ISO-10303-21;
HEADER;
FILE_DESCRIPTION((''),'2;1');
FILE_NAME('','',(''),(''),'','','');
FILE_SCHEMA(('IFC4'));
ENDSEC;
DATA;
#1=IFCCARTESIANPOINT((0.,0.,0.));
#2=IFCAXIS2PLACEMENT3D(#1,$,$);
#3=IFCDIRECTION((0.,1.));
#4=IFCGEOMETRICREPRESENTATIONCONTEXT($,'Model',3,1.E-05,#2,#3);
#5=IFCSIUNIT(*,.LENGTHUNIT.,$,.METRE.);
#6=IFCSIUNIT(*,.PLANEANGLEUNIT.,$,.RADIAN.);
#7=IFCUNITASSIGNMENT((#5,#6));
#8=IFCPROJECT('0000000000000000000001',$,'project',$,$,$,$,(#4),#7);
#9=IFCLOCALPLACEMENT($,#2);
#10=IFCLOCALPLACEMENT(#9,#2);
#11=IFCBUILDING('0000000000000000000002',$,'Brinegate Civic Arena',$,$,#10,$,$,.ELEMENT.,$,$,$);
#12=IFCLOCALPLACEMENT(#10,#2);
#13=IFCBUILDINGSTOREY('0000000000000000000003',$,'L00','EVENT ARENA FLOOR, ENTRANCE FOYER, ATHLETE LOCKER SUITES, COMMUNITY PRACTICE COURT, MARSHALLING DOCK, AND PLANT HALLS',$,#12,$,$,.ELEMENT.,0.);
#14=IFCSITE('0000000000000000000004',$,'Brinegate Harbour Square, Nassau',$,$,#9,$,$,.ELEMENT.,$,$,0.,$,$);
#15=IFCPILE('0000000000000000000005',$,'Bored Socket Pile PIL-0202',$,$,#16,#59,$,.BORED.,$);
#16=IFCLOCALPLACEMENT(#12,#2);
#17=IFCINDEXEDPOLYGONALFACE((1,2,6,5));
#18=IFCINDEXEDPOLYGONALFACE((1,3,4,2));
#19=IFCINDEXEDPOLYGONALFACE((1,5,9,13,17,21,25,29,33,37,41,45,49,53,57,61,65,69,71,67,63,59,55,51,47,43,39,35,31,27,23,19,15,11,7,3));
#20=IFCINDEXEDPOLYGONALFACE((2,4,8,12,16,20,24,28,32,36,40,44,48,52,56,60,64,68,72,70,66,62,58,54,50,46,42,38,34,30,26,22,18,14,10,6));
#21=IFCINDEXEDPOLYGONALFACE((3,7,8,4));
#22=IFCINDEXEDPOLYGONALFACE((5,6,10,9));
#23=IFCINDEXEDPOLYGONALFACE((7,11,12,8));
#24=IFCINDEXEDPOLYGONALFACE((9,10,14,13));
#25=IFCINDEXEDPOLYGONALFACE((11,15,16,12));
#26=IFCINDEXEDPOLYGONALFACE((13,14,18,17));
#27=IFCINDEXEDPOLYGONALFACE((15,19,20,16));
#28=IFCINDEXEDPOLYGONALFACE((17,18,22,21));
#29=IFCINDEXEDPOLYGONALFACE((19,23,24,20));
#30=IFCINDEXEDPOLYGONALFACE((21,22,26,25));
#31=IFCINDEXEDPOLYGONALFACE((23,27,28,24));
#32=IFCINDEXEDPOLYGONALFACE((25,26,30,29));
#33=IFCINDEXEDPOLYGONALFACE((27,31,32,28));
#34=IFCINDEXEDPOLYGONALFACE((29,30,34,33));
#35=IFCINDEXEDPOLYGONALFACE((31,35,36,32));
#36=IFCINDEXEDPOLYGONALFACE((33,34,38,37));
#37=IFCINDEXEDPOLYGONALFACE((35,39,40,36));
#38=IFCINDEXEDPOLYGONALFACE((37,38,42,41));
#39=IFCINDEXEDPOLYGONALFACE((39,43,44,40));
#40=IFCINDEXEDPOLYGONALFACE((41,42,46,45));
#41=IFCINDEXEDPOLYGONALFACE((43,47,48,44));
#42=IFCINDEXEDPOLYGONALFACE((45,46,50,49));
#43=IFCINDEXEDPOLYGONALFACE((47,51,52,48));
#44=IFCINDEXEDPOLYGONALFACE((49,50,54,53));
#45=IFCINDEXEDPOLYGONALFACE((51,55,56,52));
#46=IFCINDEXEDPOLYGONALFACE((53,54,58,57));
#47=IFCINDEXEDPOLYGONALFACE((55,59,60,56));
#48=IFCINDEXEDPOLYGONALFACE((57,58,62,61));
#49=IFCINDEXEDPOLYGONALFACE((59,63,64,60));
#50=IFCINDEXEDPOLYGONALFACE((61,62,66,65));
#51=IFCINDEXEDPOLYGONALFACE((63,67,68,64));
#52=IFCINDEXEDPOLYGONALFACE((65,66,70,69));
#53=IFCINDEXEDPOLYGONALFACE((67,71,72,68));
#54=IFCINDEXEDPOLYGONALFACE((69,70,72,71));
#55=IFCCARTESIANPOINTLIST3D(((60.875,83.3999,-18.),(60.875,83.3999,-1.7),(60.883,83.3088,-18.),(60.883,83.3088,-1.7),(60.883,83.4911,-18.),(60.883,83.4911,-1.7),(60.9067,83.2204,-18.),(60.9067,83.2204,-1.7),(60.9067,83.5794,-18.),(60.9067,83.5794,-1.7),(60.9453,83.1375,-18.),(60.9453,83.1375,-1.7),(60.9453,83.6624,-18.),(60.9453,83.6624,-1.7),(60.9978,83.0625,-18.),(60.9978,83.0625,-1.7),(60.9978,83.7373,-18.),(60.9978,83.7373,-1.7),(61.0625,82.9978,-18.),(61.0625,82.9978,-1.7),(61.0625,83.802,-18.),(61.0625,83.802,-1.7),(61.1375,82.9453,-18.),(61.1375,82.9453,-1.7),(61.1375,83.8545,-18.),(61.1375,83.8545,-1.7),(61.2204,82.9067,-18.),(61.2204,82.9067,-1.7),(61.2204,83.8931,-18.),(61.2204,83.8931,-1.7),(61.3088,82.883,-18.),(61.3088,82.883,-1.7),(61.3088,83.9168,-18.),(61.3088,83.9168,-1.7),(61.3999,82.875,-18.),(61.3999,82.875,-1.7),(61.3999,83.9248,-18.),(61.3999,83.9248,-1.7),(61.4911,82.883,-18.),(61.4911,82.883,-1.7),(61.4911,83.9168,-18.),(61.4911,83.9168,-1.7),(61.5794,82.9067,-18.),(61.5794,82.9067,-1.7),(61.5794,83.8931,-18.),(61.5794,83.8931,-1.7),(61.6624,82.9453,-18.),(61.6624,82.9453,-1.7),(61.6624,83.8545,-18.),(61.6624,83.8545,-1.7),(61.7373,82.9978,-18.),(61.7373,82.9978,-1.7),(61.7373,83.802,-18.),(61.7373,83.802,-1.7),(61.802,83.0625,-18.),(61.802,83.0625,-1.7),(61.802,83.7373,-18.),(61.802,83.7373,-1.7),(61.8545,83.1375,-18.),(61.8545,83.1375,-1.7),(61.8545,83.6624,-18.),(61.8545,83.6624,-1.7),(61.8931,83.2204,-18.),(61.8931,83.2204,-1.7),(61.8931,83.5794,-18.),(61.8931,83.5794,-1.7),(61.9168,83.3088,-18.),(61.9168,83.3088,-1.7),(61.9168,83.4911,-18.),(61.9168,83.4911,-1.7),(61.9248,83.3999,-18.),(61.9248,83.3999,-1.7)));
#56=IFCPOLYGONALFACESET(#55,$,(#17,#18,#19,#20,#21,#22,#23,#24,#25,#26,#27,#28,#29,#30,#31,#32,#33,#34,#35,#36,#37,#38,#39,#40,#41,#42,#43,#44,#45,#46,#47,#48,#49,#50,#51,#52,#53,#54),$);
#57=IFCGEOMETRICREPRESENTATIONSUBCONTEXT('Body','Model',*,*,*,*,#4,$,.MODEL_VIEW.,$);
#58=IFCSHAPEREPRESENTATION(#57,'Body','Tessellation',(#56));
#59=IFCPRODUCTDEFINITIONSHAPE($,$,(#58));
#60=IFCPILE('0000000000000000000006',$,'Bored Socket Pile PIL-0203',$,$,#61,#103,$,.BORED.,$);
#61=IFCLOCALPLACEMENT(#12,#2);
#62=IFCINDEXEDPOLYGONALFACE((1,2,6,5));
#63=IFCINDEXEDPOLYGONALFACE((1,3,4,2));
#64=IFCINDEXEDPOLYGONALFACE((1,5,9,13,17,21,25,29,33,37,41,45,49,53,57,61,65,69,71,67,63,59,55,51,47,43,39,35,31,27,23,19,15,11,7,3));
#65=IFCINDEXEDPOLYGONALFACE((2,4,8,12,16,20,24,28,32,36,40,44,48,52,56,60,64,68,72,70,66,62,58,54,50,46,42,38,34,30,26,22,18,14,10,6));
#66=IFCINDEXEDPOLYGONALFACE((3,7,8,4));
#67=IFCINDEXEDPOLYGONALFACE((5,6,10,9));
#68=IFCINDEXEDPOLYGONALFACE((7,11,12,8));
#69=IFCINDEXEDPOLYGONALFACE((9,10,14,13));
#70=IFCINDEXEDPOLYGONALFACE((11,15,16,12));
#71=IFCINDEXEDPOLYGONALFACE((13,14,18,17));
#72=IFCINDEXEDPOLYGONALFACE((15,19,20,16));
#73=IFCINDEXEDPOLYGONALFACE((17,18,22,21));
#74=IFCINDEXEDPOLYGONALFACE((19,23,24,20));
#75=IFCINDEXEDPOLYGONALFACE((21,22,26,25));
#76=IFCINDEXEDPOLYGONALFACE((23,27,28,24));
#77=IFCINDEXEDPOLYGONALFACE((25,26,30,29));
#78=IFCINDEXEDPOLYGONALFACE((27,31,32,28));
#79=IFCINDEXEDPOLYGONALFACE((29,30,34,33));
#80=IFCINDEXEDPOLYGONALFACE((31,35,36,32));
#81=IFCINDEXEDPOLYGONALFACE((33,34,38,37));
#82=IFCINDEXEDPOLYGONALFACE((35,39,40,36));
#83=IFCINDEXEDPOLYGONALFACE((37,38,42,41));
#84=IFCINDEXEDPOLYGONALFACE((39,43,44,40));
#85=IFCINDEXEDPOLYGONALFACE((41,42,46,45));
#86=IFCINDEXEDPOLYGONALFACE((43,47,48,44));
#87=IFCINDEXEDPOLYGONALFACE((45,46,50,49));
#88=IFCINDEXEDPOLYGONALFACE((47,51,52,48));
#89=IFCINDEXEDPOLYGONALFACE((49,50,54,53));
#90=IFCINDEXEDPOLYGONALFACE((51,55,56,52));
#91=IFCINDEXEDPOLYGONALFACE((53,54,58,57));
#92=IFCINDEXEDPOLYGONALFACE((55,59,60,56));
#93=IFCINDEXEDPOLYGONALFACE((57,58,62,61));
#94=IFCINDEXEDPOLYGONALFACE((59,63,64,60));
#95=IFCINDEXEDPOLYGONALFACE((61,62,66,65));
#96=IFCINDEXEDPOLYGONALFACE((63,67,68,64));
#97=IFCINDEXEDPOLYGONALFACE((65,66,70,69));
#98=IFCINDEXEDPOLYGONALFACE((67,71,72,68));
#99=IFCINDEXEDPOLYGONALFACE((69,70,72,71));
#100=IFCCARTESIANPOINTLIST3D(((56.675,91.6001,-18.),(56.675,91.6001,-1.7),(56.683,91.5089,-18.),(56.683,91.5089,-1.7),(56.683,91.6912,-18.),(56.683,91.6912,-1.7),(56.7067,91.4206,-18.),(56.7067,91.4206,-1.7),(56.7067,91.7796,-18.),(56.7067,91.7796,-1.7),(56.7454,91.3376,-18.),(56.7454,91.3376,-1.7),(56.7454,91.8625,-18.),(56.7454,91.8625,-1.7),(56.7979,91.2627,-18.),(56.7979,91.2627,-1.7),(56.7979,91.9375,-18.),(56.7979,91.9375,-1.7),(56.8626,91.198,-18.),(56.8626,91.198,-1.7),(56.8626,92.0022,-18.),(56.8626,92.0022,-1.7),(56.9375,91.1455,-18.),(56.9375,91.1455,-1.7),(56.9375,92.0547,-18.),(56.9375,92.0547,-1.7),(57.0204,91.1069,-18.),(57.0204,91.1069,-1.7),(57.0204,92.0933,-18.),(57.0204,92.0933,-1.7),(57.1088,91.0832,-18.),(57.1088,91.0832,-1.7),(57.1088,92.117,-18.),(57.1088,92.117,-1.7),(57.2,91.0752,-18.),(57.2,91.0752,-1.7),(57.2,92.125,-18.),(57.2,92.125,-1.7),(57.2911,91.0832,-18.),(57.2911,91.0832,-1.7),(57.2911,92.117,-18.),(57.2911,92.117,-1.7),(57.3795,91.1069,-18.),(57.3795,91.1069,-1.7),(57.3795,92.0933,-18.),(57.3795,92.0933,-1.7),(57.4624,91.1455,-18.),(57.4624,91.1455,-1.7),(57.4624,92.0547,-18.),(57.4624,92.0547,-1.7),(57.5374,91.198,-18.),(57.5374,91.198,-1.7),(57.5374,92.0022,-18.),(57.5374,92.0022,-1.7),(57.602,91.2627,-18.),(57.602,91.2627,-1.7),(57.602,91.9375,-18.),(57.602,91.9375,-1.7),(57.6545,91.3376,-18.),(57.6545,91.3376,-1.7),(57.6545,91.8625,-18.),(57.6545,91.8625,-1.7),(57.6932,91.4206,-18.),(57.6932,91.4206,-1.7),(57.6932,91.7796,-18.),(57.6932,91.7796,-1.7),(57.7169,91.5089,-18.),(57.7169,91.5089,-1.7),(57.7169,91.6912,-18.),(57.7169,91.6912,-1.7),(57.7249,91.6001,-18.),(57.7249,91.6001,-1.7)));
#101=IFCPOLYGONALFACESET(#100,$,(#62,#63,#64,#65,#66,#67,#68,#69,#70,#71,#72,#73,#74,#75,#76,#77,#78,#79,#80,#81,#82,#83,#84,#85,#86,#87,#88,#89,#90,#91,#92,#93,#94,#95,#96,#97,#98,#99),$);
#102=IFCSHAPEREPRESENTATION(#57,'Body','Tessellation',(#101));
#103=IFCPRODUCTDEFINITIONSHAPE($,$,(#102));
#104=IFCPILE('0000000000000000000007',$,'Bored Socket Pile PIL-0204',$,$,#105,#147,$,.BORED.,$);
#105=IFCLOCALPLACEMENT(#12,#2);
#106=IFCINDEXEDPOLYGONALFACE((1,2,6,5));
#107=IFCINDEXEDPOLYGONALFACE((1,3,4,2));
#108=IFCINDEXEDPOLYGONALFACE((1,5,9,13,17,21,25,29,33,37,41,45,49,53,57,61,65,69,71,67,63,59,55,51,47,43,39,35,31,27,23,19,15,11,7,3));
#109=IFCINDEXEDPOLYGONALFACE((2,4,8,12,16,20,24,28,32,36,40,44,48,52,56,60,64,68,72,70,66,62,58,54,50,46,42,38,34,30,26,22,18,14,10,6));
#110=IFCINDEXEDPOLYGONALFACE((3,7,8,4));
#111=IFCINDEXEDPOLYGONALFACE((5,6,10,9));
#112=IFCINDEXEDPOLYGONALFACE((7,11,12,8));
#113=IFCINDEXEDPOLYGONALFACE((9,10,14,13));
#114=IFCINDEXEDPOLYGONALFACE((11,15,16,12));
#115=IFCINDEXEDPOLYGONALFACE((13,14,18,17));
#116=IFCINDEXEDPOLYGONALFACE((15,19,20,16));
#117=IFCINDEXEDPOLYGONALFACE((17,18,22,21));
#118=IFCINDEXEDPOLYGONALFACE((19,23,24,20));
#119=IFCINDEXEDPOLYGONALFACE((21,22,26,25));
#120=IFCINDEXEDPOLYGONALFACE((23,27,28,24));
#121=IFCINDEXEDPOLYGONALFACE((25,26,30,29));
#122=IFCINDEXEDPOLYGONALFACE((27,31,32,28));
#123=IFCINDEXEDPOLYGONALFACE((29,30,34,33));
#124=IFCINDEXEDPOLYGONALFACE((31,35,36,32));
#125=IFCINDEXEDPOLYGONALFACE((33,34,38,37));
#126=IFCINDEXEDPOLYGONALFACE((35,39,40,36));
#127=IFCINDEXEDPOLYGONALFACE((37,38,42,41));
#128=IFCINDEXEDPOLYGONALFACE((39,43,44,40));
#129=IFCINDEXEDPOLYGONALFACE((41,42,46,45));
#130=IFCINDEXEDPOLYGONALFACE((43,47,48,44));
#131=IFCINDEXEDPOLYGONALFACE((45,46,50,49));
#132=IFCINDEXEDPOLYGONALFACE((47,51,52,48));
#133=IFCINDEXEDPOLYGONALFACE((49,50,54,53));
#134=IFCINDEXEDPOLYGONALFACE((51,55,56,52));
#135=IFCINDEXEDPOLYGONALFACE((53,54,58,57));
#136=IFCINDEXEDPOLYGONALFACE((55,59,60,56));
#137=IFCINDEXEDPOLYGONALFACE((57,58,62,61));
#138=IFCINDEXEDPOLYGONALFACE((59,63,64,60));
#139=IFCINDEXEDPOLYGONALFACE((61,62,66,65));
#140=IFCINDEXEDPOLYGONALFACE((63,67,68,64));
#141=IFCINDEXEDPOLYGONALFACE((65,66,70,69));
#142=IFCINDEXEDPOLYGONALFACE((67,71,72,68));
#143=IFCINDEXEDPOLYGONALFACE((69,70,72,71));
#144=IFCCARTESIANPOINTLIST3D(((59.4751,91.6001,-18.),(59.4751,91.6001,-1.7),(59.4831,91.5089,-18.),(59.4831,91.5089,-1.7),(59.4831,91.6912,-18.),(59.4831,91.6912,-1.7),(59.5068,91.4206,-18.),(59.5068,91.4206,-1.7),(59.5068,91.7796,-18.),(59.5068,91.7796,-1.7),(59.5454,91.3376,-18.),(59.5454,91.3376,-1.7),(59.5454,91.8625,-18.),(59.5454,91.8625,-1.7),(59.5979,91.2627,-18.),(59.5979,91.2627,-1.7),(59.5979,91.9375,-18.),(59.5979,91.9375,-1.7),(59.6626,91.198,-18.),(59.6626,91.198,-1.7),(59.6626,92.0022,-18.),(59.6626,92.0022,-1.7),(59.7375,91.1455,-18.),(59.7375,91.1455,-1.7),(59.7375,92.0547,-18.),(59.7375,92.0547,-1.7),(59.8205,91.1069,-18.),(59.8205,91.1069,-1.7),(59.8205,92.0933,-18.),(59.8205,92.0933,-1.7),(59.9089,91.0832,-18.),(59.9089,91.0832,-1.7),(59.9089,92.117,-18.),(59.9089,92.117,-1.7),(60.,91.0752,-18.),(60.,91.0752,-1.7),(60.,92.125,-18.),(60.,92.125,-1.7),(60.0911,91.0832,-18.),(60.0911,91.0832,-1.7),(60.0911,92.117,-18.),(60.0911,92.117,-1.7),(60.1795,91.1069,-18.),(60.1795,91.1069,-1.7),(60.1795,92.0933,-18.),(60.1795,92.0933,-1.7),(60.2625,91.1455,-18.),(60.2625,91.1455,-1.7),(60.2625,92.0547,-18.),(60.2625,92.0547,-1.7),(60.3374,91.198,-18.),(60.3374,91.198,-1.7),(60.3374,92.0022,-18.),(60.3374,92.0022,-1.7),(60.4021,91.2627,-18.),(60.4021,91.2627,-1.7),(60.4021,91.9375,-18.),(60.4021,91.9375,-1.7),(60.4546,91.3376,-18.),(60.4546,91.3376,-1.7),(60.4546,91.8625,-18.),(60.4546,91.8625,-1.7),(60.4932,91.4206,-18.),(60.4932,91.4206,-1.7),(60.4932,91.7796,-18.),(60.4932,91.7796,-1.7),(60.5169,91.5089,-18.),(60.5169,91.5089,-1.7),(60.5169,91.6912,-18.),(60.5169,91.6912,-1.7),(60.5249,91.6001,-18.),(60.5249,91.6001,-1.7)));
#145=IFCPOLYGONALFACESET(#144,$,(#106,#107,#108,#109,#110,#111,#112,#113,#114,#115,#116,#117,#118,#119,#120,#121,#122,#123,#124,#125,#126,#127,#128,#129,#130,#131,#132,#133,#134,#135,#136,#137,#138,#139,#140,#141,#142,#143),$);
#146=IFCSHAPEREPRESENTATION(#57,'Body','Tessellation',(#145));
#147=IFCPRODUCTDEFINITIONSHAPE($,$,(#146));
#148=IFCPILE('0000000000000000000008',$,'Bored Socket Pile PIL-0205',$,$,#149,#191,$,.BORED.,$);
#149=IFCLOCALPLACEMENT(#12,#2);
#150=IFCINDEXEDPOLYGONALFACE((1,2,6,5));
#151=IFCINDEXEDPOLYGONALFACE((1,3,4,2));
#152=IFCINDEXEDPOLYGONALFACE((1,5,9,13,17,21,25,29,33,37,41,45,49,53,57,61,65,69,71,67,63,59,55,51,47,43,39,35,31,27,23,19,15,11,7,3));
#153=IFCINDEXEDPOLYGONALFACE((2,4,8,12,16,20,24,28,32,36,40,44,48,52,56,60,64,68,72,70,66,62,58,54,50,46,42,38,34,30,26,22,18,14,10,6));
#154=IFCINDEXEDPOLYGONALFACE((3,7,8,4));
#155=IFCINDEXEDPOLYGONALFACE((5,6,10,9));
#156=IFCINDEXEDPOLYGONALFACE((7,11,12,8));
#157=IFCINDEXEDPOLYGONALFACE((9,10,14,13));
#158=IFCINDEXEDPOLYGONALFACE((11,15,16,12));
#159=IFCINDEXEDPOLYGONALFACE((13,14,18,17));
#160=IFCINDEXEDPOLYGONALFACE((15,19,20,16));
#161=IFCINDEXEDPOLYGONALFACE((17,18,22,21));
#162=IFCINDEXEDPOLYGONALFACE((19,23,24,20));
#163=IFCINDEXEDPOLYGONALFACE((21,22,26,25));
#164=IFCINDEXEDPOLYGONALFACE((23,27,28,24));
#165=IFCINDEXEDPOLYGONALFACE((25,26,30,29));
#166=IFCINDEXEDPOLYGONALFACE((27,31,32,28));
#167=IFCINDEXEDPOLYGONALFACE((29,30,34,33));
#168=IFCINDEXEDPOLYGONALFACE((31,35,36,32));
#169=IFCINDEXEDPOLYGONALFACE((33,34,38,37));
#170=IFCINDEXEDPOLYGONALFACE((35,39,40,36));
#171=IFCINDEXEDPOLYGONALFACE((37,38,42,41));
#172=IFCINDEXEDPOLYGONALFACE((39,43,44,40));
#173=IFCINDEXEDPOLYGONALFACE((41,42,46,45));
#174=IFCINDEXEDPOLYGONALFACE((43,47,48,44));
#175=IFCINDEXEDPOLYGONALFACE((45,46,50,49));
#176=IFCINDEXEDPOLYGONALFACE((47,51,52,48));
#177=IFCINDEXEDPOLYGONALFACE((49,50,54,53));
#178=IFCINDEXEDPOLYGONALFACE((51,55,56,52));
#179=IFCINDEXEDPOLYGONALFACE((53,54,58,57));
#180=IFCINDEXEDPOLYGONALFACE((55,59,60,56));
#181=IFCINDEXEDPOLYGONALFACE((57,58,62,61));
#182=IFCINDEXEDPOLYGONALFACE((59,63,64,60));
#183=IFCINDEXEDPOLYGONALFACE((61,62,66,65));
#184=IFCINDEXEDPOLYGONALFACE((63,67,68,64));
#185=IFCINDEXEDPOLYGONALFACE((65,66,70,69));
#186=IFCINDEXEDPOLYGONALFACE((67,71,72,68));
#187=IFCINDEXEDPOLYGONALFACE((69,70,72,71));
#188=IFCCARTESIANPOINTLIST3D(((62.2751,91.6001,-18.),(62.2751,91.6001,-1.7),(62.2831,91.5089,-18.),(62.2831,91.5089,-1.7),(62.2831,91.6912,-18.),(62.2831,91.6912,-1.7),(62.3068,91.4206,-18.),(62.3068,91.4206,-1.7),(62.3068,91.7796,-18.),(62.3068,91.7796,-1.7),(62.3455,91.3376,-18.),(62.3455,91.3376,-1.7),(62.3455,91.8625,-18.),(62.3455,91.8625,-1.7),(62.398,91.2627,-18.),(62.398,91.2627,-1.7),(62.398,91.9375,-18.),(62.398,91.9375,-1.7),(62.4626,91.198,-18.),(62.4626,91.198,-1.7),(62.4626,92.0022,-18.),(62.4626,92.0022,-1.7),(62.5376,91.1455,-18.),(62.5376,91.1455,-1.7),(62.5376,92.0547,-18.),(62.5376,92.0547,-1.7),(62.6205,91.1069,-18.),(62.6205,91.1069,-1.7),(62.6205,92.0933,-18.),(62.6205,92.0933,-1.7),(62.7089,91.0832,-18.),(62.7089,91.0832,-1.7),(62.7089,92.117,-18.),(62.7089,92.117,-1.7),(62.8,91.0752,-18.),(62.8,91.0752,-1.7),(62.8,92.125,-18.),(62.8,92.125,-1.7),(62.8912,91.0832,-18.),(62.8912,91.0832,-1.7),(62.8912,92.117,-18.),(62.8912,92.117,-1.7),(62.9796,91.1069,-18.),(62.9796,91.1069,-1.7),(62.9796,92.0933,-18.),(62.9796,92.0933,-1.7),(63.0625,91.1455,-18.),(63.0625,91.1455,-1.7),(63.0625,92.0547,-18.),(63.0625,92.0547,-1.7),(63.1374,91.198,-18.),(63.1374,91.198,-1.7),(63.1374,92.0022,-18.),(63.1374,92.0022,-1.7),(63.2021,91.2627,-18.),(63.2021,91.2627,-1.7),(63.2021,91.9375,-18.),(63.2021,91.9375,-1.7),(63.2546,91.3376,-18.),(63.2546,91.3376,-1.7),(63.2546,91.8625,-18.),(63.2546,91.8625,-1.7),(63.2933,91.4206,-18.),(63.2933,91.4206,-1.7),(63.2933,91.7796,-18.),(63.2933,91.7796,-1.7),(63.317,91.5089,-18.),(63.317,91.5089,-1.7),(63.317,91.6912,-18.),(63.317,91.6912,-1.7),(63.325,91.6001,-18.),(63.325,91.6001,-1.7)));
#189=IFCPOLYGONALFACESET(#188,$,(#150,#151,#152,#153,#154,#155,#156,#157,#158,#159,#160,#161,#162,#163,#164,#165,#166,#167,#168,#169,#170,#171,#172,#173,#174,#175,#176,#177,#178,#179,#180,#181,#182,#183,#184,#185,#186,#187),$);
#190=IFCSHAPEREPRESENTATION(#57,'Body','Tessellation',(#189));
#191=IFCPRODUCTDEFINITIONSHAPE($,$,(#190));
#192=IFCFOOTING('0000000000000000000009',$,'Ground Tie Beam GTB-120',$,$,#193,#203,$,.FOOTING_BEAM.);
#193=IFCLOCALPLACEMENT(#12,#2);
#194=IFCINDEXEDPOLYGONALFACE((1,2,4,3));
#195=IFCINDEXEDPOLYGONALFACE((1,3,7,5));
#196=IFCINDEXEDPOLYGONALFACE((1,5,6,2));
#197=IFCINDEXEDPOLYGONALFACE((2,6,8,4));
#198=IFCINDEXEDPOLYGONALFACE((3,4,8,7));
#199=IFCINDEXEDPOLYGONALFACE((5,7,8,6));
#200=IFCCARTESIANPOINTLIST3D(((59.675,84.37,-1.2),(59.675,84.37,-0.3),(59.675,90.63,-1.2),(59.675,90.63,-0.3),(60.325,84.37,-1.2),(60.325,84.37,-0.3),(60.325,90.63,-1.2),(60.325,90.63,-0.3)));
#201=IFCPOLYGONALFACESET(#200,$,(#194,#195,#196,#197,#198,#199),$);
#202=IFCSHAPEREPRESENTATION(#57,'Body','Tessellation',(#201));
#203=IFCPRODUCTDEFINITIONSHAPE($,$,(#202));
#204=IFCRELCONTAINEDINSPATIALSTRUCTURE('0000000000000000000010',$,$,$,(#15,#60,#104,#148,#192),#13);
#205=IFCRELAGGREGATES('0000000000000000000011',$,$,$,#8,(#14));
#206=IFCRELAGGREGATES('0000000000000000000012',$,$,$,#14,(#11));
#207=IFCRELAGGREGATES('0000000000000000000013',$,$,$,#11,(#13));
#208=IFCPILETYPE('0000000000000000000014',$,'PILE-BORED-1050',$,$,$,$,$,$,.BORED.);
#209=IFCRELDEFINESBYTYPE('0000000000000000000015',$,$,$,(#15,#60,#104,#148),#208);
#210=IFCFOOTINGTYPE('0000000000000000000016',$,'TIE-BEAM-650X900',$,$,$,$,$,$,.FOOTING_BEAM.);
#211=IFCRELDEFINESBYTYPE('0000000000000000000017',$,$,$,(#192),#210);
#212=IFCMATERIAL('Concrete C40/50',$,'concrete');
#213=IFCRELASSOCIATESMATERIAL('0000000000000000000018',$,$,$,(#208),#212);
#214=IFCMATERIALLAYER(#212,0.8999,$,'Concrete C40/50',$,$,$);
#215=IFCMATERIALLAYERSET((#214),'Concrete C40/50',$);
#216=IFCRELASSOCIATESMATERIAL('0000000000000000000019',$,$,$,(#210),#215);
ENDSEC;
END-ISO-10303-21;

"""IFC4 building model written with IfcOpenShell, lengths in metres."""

from ifc_helpers import new_model, si_unit, direction, frame, origin, origin_2d, place, context, subcontext, project, spatial, rectangle, circle, extrude, material, layer, layer_set, material_profile, profile_set, type_object, element, save


model = new_model("IFC4")

# Units and contexts
model_context = context("Model", 3, precision=1e-05, world=origin(), true_north=direction((0.0, 1.0)))
body_context = subcontext(model_context, "Body", "Model", "MODEL_VIEW")
ifc_project = project(units=[si_unit("LENGTHUNIT", "METRE"), si_unit("PLANEANGLEUNIT", "RADIAN")], contexts=[model_context])

# Site, building, storey
site_placement = place(None, origin())
site = spatial("IfcSite", under=ifc_project, at=site_placement, Name="Brinegate Harbour Square, Nassau", CompositionType="ELEMENT", RefElevation=0.0)
building_placement = place(site_placement, origin())
building = spatial("IfcBuilding", under=site, at=building_placement, Name="Brinegate Civic Arena", CompositionType="ELEMENT")
storey_placement = place(building_placement, origin())
storey = spatial("IfcBuildingStorey", under=building, at=storey_placement, Name="L00", Description="EVENT ARENA FLOOR, ENTRANCE FOYER, ATHLETE LOCKER SUITES, COMMUNITY PRACTICE COURT, MARSHALLING DOCK, AND PLANT HALLS", CompositionType="ELEMENT", Elevation=0.0)

# Piles
ifc_material_1 = material(Name="Concrete C40/50", Category="concrete")
ifc_material_profile = material_profile(ifc_material_1, circle(Radius=0.5249, at=origin_2d()), Name="PILED1050")
ifc_profile_set = profile_set([ifc_material_profile], Name="Concrete C40/50")
pile_type = type_object("IfcPileType", Name="PILE-BORED-1050", PredefinedType="BORED", material=ifc_profile_set)
for number, where, z_axis, x_axis, name in (
    (1, (61.3999, 83.3999, -1.7), (0.0, 0.0, -1.0), (1.0, 0.0, 0.0), "Bored Socket Pile PIL-0202"),
    (2, (57.2, 91.6001, -1.7), (0.0, 0.0, -1.0), (1.0, 0.0, 0.0), "Bored Socket Pile PIL-0203"),
    (3, (60.0, 91.6001, -1.7), (0.0, 0.0, -1.0), (1.0, 0.0, 0.0), "Bored Socket Pile PIL-0204"),
    (4, (62.8, 91.6001, -1.7), (0.0, 0.0, -1.0), (1.0, 0.0, 0.0), "Bored Socket Pile PIL-0205"),
):
    element("IfcPile", number, at=place(storey_placement, frame(where, z_axis=z_axis, x_axis=x_axis)), inside=storey, type_object=pile_type, Name=name, PredefinedType="BORED", context=body_context, shape_type="SweptSolid", body=[
        extrude(circle(Radius=0.5249, at=origin_2d()), origin(), (0.0, 0.0, 1.0), 16.3),
    ])

# Footing
ifc_layer_1 = layer(ifc_material_1, 0.8999, Name="Concrete C40/50")
ifc_layer_set_1 = layer_set([ifc_layer_1], Name="Concrete C40/50")
footing_type_1 = type_object("IfcFootingType", Name="TIE-BEAM-650X900", PredefinedType="FOOTING_BEAM", material=ifc_layer_set_1)
footing_1_placement = place(storey_placement, frame((60.0, 87.5, -1.2), z_axis=(0.0, 0.0, 1.0), x_axis=(0.0, 1.0, 0.0)))
element("IfcFooting", 5, at=footing_1_placement, inside=storey, type_object=footing_type_1, Name="Ground Tie Beam GTB-120", PredefinedType="FOOTING_BEAM", context=body_context, shape_type="SweptSolid", body=[
    extrude(rectangle(XDim=6.26, YDim=0.6499, at=origin_2d()), origin(), (0.0, 0.0, 1.0), 0.8999),
])

save(model, "model.ifc")
